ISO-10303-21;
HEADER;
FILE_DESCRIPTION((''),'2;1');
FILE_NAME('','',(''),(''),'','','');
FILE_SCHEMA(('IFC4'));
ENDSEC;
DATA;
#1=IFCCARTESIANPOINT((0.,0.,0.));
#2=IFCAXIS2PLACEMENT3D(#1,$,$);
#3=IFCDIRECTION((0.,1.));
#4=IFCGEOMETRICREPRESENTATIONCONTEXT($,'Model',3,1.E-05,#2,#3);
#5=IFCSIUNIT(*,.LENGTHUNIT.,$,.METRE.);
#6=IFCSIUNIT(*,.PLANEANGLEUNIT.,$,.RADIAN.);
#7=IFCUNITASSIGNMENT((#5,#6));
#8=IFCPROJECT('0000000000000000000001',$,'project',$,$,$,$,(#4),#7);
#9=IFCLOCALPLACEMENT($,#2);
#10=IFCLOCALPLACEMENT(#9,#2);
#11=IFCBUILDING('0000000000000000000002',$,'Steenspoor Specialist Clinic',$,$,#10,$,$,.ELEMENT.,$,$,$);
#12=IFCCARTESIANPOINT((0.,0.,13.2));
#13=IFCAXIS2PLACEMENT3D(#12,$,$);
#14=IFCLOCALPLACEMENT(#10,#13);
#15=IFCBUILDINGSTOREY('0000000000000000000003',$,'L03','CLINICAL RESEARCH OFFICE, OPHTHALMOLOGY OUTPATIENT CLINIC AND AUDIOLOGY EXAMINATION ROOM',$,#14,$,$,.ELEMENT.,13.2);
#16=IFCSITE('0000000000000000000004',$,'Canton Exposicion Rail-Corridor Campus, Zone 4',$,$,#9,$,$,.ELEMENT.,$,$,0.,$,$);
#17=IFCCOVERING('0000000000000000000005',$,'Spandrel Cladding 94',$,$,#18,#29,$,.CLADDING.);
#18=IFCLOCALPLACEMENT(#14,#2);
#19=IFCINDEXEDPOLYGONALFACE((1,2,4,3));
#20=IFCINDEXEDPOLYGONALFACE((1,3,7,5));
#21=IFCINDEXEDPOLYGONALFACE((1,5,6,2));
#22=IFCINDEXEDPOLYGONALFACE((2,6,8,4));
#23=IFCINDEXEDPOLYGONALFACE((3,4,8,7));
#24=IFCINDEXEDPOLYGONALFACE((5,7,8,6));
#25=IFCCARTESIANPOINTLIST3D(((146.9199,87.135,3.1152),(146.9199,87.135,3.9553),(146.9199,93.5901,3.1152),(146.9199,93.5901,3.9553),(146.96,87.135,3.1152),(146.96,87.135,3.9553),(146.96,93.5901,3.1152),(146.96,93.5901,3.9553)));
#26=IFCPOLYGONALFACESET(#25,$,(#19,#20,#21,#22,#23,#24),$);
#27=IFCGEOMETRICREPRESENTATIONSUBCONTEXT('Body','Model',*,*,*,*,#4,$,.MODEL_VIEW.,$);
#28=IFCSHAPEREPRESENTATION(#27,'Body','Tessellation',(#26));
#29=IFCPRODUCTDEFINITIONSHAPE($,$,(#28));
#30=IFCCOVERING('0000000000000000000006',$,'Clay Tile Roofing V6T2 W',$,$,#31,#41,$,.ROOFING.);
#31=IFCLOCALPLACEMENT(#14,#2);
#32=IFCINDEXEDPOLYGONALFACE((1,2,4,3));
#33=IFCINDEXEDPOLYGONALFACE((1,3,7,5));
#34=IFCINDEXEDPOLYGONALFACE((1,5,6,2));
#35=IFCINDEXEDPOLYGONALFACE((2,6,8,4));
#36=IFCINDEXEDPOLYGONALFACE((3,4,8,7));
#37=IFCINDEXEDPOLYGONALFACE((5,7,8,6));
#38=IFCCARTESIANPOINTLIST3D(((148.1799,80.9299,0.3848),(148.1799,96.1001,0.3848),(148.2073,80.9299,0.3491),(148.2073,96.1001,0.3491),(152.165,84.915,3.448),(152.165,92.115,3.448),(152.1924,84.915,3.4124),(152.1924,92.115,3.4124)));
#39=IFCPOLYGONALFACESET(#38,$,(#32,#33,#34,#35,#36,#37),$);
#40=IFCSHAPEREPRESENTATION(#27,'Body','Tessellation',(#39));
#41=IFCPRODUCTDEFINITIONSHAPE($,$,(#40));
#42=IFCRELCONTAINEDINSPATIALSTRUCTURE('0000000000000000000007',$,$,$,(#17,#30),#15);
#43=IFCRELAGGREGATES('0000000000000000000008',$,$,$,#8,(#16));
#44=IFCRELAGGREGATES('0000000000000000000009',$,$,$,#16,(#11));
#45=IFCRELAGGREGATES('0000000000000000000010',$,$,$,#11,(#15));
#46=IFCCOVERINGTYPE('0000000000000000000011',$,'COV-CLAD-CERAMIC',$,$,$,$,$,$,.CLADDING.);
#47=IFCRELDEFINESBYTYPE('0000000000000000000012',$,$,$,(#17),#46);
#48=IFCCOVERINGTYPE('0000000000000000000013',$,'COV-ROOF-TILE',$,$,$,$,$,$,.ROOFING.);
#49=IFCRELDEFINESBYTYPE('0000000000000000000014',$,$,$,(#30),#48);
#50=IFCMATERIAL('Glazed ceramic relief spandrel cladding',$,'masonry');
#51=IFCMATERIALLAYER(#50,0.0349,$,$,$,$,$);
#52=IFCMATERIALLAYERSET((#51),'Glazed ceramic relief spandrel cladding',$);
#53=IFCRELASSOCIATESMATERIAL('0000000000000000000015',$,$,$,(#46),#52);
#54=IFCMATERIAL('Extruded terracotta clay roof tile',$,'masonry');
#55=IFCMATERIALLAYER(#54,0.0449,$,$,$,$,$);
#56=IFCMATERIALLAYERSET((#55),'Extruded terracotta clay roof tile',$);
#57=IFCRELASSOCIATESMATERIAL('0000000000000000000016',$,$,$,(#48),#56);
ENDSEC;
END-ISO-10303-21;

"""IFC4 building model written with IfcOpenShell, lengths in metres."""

from ifc_helpers import new_model, si_unit, direction, frame, origin, origin_2d, place, context, subcontext, project, spatial, polyline, rectangle, outline, extrude, material, layer, layer_set, type_object, element, save


model = new_model("IFC4")

# Units and contexts
model_context = context("Model", 3, precision=1e-05, world=origin(), true_north=direction((0.0, 1.0)))
body_context = subcontext(model_context, "Body", "Model", "MODEL_VIEW")
ifc_project = project(units=[si_unit("LENGTHUNIT", "METRE"), si_unit("PLANEANGLEUNIT", "RADIAN")], contexts=[model_context])

# Site, building, storey
site_placement = place(None, origin())
site = spatial("IfcSite", under=ifc_project, at=site_placement, Name="Canton Exposicion Rail-Corridor Campus, Zone 4", CompositionType="ELEMENT", RefElevation=0.0)
building_placement = place(site_placement, origin())
building = spatial("IfcBuilding", under=site, at=building_placement, Name="Steenspoor Specialist Clinic", CompositionType="ELEMENT")
storey_placement = place(building_placement, frame((0.0, 0.0, 13.2)))
storey = spatial("IfcBuildingStorey", under=building, at=storey_placement, Name="L03", Description="CLINICAL RESEARCH OFFICE, OPHTHALMOLOGY OUTPATIENT CLINIC AND AUDIOLOGY EXAMINATION ROOM", CompositionType="ELEMENT", Elevation=13.2)

# Shared definitions
ifc_material_1 = material(Name="Extruded terracotta clay roof tile", Category="masonry")

# Coverings
ifc_material_2 = material(Name="Glazed ceramic relief spandrel cladding", Category="masonry")
ifc_layer_1 = layer(ifc_material_2, 0.0349)
ifc_layer_set_1 = layer_set([ifc_layer_1], Name="Glazed ceramic relief spandrel cladding")
covering_type_1 = type_object("IfcCoveringType", Name="COV-CLAD-CERAMIC", PredefinedType="CLADDING", material=ifc_layer_set_1)
covering_1_placement = place(storey_placement, frame((146.9399, 90.3625, 3.1152), z_axis=(0.0, 0.0, 1.0), x_axis=(0.0, -1.0, 0.0)))
element("IfcCovering", 1, at=covering_1_placement, inside=storey, type_object=covering_type_1, Name="Spandrel Cladding 94", PredefinedType="CLADDING", context=body_context, shape_type="SweptSolid", body=[
    extrude(rectangle(XDim=6.4551, YDim=0.04, at=origin_2d()), origin(), (0.0, 0.0, 1.0), 0.8401),
])
ifc_layer_2 = layer(ifc_material_1, 0.0449)
ifc_layer_set_2 = layer_set([ifc_layer_2], Name="Extruded terracotta clay roof tile")
covering_type_2 = type_object("IfcCoveringType", Name="COV-ROOF-TILE", PredefinedType="ROOFING", material=ifc_layer_set_2)
covering_2_placement = place(storey_placement, frame((148.1799, 96.1001, 0.3848), z_axis=(-0.609431, 0.0, 0.792839), x_axis=(0.0, -1.0, 0.0)))
element("IfcCovering", 2, at=covering_2_placement, inside=storey, type_object=covering_type_2, Name="Clay Tile Roofing V6T2 W", PredefinedType="ROOFING", context=body_context, shape_type="SweptSolid", body=[
    extrude(outline(polyline([(0.0, 0.0), (15.1702, 0.0), (11.1851, 5.0264), (3.9851, 5.0264), (0.0, 0.0)])), origin(), (0.0, 0.0, -1.0), 0.0449),
])

save(model, "model.ifc")
